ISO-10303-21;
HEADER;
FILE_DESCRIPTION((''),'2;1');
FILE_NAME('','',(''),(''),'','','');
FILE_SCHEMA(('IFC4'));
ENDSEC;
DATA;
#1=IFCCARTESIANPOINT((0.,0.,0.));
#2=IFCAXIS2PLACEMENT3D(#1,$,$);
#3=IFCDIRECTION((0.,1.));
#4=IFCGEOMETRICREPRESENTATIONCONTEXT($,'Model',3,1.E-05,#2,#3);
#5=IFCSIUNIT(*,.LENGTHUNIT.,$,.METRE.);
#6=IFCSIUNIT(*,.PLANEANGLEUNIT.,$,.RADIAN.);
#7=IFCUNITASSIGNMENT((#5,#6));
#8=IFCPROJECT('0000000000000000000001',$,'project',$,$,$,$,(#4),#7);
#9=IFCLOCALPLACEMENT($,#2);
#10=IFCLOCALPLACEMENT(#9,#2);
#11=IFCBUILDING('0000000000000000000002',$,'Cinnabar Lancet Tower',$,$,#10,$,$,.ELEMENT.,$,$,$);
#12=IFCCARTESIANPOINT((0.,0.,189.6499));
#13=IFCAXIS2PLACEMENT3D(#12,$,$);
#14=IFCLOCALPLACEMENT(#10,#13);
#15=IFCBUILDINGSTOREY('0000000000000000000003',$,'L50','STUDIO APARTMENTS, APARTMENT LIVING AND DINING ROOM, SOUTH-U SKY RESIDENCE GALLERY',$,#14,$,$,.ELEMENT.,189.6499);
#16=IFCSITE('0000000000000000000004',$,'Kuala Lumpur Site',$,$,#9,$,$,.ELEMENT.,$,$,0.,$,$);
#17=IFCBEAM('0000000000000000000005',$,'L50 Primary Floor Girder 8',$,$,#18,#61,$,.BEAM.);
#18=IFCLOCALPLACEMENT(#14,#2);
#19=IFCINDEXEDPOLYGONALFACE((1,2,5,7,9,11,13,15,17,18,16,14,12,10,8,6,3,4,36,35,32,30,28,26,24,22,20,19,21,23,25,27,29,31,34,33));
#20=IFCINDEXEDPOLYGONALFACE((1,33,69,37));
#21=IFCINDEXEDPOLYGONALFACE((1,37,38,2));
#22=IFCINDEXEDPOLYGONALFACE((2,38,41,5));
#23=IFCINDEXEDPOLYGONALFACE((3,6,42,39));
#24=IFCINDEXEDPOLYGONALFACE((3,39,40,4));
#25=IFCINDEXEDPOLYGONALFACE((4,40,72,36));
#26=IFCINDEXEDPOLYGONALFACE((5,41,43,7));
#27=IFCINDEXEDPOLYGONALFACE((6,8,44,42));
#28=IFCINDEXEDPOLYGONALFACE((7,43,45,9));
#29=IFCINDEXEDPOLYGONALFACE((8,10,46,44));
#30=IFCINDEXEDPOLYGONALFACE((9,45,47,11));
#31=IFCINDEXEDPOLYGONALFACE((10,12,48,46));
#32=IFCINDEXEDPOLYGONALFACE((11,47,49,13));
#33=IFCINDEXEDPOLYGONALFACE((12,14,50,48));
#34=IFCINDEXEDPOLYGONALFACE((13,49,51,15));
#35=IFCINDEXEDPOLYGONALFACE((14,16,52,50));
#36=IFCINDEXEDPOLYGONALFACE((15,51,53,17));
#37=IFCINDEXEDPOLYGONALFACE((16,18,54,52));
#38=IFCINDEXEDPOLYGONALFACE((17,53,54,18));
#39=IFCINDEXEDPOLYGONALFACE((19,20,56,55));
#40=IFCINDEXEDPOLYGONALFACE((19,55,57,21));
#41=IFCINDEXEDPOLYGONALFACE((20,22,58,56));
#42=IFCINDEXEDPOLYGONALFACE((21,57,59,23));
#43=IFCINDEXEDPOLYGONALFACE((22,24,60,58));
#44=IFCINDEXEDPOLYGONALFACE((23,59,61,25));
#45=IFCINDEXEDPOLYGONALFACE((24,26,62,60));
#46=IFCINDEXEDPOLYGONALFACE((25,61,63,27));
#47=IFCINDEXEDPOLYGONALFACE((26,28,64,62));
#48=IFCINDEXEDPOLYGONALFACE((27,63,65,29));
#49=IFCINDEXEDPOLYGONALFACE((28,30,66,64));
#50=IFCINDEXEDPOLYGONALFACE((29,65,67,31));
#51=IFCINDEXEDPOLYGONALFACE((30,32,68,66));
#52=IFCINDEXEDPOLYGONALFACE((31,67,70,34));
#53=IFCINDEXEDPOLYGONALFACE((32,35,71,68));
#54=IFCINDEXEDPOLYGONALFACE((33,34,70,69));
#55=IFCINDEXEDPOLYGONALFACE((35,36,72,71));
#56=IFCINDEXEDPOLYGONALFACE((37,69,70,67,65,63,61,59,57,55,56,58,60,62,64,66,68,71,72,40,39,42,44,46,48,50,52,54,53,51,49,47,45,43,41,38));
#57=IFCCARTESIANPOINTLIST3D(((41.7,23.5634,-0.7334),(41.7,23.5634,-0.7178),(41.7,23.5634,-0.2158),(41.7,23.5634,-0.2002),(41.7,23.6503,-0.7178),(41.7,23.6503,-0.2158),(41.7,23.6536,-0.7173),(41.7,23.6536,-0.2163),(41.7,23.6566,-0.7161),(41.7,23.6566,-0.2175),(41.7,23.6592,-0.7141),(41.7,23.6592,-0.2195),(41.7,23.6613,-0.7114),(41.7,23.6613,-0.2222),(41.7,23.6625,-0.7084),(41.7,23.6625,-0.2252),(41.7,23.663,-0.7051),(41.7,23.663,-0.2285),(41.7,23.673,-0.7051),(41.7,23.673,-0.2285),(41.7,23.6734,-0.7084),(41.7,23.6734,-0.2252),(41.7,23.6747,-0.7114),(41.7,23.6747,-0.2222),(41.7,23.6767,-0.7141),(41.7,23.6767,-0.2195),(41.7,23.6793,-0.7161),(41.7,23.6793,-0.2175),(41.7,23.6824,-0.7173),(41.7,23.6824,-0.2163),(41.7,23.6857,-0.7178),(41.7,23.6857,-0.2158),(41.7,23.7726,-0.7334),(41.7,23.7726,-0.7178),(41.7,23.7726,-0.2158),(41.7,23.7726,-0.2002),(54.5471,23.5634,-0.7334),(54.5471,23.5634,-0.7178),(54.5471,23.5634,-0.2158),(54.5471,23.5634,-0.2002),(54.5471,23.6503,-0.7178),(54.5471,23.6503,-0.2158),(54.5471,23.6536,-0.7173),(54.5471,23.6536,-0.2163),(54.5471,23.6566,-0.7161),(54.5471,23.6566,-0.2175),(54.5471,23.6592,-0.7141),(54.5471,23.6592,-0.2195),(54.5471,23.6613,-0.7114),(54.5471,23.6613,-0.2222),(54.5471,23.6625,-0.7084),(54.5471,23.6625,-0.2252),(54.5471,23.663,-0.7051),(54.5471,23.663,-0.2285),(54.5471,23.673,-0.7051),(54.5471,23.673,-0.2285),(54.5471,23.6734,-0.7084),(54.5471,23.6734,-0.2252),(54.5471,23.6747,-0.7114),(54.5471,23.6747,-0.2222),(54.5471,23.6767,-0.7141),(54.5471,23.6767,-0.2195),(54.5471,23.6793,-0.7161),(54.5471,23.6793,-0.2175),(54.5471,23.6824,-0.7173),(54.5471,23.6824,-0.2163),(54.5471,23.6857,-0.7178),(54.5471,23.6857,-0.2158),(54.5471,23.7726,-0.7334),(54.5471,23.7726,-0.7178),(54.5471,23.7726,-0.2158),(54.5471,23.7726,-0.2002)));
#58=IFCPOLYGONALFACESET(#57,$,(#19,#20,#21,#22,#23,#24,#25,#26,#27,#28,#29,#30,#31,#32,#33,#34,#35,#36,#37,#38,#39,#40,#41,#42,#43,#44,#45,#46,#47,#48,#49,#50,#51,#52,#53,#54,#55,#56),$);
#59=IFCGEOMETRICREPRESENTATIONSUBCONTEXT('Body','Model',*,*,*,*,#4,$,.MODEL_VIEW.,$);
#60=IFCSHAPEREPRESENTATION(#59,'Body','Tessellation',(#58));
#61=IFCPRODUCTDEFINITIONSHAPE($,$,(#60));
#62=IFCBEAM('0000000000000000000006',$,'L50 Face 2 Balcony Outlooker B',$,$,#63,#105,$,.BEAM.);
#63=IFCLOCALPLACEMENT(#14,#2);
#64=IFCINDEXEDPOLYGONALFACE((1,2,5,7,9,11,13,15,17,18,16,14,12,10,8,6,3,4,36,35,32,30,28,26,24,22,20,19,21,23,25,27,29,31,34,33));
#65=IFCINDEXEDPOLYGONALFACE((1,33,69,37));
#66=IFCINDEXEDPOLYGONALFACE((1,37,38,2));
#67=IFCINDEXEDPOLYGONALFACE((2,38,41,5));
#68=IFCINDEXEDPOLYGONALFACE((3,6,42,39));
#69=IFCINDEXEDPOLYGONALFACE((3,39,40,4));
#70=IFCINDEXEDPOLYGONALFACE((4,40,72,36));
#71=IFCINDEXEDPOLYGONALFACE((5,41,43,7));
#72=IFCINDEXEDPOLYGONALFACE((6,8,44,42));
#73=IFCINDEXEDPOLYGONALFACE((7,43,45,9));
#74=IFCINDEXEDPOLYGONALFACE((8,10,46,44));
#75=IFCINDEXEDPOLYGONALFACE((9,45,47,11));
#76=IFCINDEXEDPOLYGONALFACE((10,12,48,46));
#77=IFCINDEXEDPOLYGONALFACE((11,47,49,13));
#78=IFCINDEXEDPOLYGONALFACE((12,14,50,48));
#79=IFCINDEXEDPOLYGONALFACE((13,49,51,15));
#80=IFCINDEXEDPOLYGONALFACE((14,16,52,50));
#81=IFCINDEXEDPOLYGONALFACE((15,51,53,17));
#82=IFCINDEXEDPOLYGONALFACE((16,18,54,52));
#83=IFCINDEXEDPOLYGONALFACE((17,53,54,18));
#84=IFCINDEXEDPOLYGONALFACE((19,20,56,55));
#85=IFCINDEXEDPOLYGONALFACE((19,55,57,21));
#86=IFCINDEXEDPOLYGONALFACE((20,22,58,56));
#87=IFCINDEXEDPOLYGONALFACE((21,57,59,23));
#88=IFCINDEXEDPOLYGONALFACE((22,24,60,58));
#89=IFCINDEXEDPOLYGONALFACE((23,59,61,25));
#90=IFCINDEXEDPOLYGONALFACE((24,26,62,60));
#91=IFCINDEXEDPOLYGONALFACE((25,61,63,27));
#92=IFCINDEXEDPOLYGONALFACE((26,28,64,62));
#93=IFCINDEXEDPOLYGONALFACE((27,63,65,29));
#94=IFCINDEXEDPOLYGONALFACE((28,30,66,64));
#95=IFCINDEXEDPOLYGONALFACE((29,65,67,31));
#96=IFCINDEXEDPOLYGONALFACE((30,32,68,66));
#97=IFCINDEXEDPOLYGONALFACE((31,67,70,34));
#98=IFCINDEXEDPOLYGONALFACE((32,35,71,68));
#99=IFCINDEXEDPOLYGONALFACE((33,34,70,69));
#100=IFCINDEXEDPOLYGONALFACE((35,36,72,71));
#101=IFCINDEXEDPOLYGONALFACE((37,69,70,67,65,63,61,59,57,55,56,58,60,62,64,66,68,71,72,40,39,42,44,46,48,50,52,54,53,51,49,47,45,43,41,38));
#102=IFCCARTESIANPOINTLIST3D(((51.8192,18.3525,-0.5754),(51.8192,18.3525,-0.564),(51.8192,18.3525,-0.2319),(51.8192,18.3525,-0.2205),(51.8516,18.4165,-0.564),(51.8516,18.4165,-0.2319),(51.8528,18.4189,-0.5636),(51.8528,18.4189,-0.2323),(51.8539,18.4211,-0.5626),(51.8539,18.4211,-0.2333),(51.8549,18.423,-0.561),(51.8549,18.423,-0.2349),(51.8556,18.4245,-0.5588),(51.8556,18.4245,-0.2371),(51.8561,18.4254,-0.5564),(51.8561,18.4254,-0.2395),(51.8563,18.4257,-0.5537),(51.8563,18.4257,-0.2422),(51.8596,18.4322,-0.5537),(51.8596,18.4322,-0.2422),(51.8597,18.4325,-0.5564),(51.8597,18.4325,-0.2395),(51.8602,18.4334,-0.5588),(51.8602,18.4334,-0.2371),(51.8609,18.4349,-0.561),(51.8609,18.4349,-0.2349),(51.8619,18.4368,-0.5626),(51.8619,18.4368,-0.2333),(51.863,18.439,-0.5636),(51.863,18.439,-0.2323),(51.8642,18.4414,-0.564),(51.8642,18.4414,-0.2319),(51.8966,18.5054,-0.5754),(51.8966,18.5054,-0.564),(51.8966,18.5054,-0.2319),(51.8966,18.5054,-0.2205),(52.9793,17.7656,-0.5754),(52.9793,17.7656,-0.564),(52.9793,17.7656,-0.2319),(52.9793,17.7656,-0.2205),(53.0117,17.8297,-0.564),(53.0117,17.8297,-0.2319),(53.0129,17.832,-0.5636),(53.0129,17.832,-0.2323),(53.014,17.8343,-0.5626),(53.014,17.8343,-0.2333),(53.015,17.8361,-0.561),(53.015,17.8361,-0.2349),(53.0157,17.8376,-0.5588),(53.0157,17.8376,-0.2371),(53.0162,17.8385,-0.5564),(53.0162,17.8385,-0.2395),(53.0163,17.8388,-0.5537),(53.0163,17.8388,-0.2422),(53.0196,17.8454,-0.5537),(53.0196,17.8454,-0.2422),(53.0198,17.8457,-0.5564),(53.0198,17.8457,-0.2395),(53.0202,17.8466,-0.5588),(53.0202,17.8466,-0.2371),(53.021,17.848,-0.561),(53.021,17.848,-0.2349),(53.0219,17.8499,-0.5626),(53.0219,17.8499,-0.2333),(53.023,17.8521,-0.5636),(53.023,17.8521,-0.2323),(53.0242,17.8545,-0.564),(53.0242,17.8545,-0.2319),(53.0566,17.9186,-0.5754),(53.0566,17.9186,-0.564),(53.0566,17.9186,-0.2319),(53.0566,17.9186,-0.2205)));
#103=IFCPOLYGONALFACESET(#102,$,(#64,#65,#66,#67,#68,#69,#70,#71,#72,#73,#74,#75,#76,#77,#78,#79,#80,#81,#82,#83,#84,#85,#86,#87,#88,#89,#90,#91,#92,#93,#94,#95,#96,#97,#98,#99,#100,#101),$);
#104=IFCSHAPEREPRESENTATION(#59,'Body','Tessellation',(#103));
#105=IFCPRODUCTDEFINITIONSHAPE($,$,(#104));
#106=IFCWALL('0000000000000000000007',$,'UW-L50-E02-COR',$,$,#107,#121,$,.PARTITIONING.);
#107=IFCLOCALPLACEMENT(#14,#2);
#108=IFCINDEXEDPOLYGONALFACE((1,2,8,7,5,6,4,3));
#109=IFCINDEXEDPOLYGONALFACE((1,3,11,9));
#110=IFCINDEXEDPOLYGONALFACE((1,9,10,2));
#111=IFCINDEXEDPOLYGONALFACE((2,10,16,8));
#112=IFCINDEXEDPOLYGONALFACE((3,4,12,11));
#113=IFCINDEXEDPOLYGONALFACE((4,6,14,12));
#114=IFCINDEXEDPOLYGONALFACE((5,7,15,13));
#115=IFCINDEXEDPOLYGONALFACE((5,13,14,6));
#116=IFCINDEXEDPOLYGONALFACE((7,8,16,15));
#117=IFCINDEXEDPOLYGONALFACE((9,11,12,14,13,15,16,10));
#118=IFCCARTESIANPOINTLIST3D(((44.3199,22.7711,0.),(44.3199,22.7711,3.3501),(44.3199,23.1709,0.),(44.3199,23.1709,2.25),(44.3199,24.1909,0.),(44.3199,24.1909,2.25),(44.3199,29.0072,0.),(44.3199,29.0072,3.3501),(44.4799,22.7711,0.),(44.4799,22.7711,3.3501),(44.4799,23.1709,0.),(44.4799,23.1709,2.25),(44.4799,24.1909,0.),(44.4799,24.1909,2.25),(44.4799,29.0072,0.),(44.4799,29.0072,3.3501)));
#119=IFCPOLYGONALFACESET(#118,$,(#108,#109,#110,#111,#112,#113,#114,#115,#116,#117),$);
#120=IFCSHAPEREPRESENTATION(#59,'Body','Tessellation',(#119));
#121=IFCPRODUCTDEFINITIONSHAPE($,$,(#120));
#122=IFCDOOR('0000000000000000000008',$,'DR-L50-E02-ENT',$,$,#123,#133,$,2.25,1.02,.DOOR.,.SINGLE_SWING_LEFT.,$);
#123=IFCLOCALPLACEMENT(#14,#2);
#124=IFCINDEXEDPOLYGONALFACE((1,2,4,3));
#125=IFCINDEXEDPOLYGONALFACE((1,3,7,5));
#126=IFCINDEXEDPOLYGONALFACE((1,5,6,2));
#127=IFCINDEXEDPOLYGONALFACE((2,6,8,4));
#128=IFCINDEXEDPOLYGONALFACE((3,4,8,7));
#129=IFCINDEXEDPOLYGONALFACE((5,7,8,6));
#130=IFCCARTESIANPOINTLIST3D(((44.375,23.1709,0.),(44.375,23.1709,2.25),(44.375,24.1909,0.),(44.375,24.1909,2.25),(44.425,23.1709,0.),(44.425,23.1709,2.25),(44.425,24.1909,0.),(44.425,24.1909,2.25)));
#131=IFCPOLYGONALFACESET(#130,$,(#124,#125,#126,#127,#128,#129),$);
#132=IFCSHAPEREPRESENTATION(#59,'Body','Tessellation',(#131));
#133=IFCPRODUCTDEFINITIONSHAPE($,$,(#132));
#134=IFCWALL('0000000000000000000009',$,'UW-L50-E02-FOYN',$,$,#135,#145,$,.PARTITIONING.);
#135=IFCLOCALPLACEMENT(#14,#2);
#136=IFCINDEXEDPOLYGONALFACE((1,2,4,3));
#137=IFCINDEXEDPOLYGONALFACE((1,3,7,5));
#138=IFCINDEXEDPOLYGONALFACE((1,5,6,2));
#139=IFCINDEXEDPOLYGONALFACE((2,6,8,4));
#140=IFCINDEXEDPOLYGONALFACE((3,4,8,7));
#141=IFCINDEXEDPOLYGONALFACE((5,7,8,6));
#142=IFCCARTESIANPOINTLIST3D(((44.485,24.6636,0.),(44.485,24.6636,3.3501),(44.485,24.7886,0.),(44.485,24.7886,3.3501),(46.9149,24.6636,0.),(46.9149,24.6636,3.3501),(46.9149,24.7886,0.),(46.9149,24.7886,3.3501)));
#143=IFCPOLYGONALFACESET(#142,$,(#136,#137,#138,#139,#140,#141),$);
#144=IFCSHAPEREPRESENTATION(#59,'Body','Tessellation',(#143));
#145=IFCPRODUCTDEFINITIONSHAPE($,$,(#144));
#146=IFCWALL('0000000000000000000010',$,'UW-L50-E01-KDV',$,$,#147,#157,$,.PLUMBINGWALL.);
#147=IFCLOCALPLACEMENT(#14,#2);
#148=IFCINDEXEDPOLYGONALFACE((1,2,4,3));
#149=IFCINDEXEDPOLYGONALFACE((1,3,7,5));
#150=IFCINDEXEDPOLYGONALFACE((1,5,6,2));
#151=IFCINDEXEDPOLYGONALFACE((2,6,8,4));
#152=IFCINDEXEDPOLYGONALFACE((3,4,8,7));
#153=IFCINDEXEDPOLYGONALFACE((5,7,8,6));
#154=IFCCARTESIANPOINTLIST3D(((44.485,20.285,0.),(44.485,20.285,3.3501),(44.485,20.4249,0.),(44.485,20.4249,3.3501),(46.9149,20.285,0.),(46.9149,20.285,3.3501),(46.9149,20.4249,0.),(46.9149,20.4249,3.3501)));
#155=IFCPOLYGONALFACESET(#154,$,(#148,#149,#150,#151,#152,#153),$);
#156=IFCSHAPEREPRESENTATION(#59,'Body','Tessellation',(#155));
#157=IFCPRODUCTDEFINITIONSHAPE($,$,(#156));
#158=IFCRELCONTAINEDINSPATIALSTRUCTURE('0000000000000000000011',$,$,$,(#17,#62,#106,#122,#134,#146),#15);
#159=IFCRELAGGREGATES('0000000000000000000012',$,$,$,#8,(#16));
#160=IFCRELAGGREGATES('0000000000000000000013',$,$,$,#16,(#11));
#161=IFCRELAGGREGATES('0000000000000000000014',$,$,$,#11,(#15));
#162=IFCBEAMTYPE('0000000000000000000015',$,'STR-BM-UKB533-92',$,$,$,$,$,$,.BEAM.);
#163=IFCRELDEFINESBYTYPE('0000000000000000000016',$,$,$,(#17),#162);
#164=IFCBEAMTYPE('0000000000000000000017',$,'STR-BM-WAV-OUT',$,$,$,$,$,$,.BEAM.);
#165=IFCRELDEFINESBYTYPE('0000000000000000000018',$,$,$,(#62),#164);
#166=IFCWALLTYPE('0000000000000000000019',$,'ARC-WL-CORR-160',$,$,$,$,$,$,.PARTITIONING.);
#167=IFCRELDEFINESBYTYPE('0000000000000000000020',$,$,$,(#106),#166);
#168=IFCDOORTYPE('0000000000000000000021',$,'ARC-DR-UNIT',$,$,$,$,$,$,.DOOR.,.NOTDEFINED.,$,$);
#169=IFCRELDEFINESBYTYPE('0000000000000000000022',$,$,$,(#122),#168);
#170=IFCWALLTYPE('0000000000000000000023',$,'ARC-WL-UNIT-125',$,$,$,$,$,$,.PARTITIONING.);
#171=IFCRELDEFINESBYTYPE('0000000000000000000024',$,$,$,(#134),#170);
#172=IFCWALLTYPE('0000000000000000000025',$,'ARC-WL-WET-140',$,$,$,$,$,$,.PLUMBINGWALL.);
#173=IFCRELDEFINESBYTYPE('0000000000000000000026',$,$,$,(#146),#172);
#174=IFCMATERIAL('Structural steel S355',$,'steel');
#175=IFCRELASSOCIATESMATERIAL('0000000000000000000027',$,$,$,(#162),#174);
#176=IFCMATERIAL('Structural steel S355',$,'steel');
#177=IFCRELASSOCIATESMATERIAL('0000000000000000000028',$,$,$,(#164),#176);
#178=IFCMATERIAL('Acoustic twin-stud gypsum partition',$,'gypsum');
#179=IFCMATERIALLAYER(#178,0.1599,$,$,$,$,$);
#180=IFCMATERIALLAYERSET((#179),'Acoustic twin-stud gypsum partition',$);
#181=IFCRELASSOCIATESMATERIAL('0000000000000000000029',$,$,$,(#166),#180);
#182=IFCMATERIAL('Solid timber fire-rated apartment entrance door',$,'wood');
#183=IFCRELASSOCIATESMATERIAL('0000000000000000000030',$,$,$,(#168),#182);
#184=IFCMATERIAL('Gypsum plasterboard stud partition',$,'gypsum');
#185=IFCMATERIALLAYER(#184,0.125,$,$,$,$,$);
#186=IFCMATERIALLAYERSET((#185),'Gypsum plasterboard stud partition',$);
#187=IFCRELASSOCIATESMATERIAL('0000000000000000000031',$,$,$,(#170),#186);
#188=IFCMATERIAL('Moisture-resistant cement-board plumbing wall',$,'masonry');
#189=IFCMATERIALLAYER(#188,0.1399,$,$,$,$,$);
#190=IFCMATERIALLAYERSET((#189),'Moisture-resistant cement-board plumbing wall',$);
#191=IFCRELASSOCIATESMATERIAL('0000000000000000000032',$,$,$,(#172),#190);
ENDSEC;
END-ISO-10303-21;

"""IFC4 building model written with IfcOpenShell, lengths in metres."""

from ifc_helpers import new_model, si_unit, direction, frame, frame_2d, origin, origin_2d, place, context, subcontext, project, spatial, rectangle, i_section, extrude, material, layer, layer_set, material_profile, profile_set, type_object, element, fill, save


model = new_model("IFC4")

# Units and contexts
model_context = context("Model", 3, precision=1e-05, world=origin(), true_north=direction((0.0, 1.0)))
body_context = subcontext(model_context, "Body", "Model", "MODEL_VIEW")
ifc_project = project(units=[si_unit("LENGTHUNIT", "METRE"), si_unit("PLANEANGLEUNIT", "RADIAN")], contexts=[model_context])

# Site, building, storey
site_placement = place(None, origin())
site = spatial("IfcSite", under=ifc_project, at=site_placement, Name="Kuala Lumpur Site", CompositionType="ELEMENT", RefElevation=0.0)
building_placement = place(site_placement, origin())
building = spatial("IfcBuilding", under=site, at=building_placement, Name="Cinnabar Lancet Tower", CompositionType="ELEMENT")
storey_placement = place(building_placement, frame((0.0, 0.0, 189.6499)))
storey = spatial("IfcBuildingStorey", under=building, at=storey_placement, Name="L50", Description="STUDIO APARTMENTS, APARTMENT LIVING AND DINING ROOM, SOUTH-U SKY RESIDENCE GALLERY", CompositionType="ELEMENT", Elevation=189.6499)

# Beams
ifc_material_1 = material(Name="Structural steel S355", Category="steel")
ifc_material_profile_1 = material_profile(ifc_material_1, i_section(OverallWidth=0.2092, OverallDepth=0.5332, WebThickness=0.01, FlangeThickness=0.0156, FilletRadius=0.0127, at=origin_2d()), Name="UKB 533x210x92")
ifc_profile_set_1 = profile_set([ifc_material_profile_1], Name="Structural steel S355")
beam_type_1 = type_object("IfcBeamType", Name="STR-BM-UKB533-92", PredefinedType="BEAM", material=ifc_profile_set_1)
beam_1_placement = place(storey_placement, frame((54.5471, 23.668, -0.4668), z_axis=(-1.0, 0.0, 0.0), x_axis=(0.0, -1.0, 0.0)))
element("IfcBeam", 1, at=beam_1_placement, inside=storey, type_object=beam_type_1, Name="L50 Primary Floor Girder 8", PredefinedType="BEAM", context=body_context, shape_type="SweptSolid", body=[
    extrude(i_section(OverallWidth=0.2092, OverallDepth=0.5332, WebThickness=0.01, FlangeThickness=0.0156, FilletRadius=0.0127, at=origin_2d()), origin(), (0.0, 0.0, 1.0), 12.8472),
])
ifc_material_2 = material(Name="Structural steel S355", Category="steel")
ifc_material_profile_2 = material_profile(ifc_material_2, i_section(OverallWidth=0.1714, OverallDepth=0.355, WebThickness=0.0073, FlangeThickness=0.0115, FilletRadius=0.0103, at=origin_2d()), Name="UKB 356x171x51")
ifc_profile_set_2 = profile_set([ifc_material_profile_2], Name="Structural steel S355")
beam_type_2 = type_object("IfcBeamType", Name="STR-BM-WAV-OUT", PredefinedType="BEAM", material=ifc_profile_set_2)
beam_2_placement = place(storey_placement, frame((51.8579, 18.429, -0.3979), z_axis=(0.892314, -0.451415, 0.0), x_axis=(0.451415, 0.892314, 0.0)))
element("IfcBeam", 2, at=beam_2_placement, inside=storey, type_object=beam_type_2, Name="L50 Face 2 Balcony Outlooker B", PredefinedType="BEAM", context=body_context, shape_type="SweptSolid", body=[
    extrude(i_section(OverallWidth=0.1714, OverallDepth=0.355, WebThickness=0.0073, FlangeThickness=0.0115, FilletRadius=0.0103, at=origin_2d()), origin(), (0.0, 0.0, 1.0), 1.3),
])

# Wall, opening, door
ifc_material_3 = material(Name="Acoustic twin-stud gypsum partition", Category="gypsum")
ifc_layer_1 = layer(ifc_material_3, 0.1599)
ifc_layer_set_1 = layer_set([ifc_layer_1], Name="Acoustic twin-stud gypsum partition")
wall_type_1 = type_object("IfcWallType", Name="ARC-WL-CORR-160", PredefinedType="PARTITIONING", material=ifc_layer_set_1)
wall_1_placement = place(storey_placement, frame((44.3999, 22.771, 0.0), z_axis=(0.0, 0.0, 1.0), x_axis=(0.0, 1.0, 0.0)))
wall_1 = element("IfcWall", 3, at=wall_1_placement, inside=storey, type_object=wall_type_1, Name="UW-L50-E02-COR", PredefinedType="PARTITIONING", context=body_context, shape_type="SweptSolid", body=[
    extrude(rectangle(XDim=6.2361, YDim=0.1599, at=frame_2d((3.1182, 0.0))), origin(), (0.0, 0.0, 1.0), 3.3501),
])
opening_1_placement = place(wall_1_placement, frame((0.3999, 0.0, 0.0)))
opening_1 = element("IfcOpeningElement", 4, at=opening_1_placement, cuts=wall_1, PredefinedType="OPENING", context=body_context, shape_type="SweptSolid", body=[
    extrude(rectangle(XDim=1.02, YDim=2.25, at=frame_2d((0.51, 1.125))), frame((0.0, 0.0898, 0.0), z_axis=(0.0, -1.0, 0.0), x_axis=(1.0, 0.0, 0.0)), (0.0, 0.0, 1.0), 0.1799),
])
ifc_material_4 = material(Name="Solid timber fire-rated apartment entrance door", Category="wood")
door_type_1 = type_object("IfcDoorType", Name="ARC-DR-UNIT", OperationType="NOTDEFINED", PredefinedType="DOOR", material=ifc_material_4)
door_1_placement = place(opening_1_placement, origin())
door_1 = element("IfcDoor", 5, at=door_1_placement, inside=storey, type_object=door_type_1, Name="DR-L50-E02-ENT", OperationType="SINGLE_SWING_LEFT", OverallHeight=2.25, OverallWidth=1.02, PredefinedType="DOOR", context=body_context, shape_type="SweptSolid", body=[
    extrude(rectangle(XDim=1.02, YDim=2.25, at=frame_2d((0.51, 1.125))), frame((0.0, 0.0249, 0.0), z_axis=(0.0, -1.0, 0.0), x_axis=(1.0, 0.0, 0.0)), (0.0, 0.0, 1.0), 0.05),
])
fill(opening_1, door_1)

# Wall
ifc_material_5 = material(Name="Gypsum plasterboard stud partition", Category="gypsum")
ifc_layer_2 = layer(ifc_material_5, 0.125)
ifc_layer_set_2 = layer_set([ifc_layer_2], Name="Gypsum plasterboard stud partition")
wall_type_2 = type_object("IfcWallType", Name="ARC-WL-UNIT-125", PredefinedType="PARTITIONING", material=ifc_layer_set_2)
wall_2_placement = place(storey_placement, frame((44.4851, 24.7261, 0.0), z_axis=(0.0, 0.0, 1.0), x_axis=(1.0, 0.0, 0.0)))
element("IfcWall", 6, at=wall_2_placement, inside=storey, type_object=wall_type_2, Name="UW-L50-E02-FOYN", PredefinedType="PARTITIONING", context=body_context, shape_type="SweptSolid", body=[
    extrude(rectangle(XDim=2.4299, YDim=0.125, at=frame_2d((1.2148, 0.0))), origin(), (0.0, 0.0, 1.0), 3.3501),
])

# Shared definitions
ifc_material_6 = material(Name="Moisture-resistant cement-board plumbing wall", Category="masonry")
ifc_layer_3 = layer(ifc_material_6, 0.1399)
ifc_layer_set_3 = layer_set([ifc_layer_3], Name="Moisture-resistant cement-board plumbing wall")
wall_type_3 = type_object("IfcWallType", Name="ARC-WL-WET-140", PredefinedType="PLUMBINGWALL", material=ifc_layer_set_3)

# Wall
wall_3_placement = place(storey_placement, frame((44.4851, 20.355, 0.0), z_axis=(0.0, 0.0, 1.0), x_axis=(1.0, 0.0, 0.0)))
element("IfcWall", 7, at=wall_3_placement, inside=storey, type_object=wall_type_3, Name="UW-L50-E01-KDV", PredefinedType="PLUMBINGWALL", context=body_context, shape_type="SweptSolid", body=[
    extrude(rectangle(XDim=2.4299, YDim=0.1399, at=frame_2d((1.2148, 0.0))), origin(), (0.0, 0.0, 1.0), 3.3501),
])

save(model, "model.ifc")
